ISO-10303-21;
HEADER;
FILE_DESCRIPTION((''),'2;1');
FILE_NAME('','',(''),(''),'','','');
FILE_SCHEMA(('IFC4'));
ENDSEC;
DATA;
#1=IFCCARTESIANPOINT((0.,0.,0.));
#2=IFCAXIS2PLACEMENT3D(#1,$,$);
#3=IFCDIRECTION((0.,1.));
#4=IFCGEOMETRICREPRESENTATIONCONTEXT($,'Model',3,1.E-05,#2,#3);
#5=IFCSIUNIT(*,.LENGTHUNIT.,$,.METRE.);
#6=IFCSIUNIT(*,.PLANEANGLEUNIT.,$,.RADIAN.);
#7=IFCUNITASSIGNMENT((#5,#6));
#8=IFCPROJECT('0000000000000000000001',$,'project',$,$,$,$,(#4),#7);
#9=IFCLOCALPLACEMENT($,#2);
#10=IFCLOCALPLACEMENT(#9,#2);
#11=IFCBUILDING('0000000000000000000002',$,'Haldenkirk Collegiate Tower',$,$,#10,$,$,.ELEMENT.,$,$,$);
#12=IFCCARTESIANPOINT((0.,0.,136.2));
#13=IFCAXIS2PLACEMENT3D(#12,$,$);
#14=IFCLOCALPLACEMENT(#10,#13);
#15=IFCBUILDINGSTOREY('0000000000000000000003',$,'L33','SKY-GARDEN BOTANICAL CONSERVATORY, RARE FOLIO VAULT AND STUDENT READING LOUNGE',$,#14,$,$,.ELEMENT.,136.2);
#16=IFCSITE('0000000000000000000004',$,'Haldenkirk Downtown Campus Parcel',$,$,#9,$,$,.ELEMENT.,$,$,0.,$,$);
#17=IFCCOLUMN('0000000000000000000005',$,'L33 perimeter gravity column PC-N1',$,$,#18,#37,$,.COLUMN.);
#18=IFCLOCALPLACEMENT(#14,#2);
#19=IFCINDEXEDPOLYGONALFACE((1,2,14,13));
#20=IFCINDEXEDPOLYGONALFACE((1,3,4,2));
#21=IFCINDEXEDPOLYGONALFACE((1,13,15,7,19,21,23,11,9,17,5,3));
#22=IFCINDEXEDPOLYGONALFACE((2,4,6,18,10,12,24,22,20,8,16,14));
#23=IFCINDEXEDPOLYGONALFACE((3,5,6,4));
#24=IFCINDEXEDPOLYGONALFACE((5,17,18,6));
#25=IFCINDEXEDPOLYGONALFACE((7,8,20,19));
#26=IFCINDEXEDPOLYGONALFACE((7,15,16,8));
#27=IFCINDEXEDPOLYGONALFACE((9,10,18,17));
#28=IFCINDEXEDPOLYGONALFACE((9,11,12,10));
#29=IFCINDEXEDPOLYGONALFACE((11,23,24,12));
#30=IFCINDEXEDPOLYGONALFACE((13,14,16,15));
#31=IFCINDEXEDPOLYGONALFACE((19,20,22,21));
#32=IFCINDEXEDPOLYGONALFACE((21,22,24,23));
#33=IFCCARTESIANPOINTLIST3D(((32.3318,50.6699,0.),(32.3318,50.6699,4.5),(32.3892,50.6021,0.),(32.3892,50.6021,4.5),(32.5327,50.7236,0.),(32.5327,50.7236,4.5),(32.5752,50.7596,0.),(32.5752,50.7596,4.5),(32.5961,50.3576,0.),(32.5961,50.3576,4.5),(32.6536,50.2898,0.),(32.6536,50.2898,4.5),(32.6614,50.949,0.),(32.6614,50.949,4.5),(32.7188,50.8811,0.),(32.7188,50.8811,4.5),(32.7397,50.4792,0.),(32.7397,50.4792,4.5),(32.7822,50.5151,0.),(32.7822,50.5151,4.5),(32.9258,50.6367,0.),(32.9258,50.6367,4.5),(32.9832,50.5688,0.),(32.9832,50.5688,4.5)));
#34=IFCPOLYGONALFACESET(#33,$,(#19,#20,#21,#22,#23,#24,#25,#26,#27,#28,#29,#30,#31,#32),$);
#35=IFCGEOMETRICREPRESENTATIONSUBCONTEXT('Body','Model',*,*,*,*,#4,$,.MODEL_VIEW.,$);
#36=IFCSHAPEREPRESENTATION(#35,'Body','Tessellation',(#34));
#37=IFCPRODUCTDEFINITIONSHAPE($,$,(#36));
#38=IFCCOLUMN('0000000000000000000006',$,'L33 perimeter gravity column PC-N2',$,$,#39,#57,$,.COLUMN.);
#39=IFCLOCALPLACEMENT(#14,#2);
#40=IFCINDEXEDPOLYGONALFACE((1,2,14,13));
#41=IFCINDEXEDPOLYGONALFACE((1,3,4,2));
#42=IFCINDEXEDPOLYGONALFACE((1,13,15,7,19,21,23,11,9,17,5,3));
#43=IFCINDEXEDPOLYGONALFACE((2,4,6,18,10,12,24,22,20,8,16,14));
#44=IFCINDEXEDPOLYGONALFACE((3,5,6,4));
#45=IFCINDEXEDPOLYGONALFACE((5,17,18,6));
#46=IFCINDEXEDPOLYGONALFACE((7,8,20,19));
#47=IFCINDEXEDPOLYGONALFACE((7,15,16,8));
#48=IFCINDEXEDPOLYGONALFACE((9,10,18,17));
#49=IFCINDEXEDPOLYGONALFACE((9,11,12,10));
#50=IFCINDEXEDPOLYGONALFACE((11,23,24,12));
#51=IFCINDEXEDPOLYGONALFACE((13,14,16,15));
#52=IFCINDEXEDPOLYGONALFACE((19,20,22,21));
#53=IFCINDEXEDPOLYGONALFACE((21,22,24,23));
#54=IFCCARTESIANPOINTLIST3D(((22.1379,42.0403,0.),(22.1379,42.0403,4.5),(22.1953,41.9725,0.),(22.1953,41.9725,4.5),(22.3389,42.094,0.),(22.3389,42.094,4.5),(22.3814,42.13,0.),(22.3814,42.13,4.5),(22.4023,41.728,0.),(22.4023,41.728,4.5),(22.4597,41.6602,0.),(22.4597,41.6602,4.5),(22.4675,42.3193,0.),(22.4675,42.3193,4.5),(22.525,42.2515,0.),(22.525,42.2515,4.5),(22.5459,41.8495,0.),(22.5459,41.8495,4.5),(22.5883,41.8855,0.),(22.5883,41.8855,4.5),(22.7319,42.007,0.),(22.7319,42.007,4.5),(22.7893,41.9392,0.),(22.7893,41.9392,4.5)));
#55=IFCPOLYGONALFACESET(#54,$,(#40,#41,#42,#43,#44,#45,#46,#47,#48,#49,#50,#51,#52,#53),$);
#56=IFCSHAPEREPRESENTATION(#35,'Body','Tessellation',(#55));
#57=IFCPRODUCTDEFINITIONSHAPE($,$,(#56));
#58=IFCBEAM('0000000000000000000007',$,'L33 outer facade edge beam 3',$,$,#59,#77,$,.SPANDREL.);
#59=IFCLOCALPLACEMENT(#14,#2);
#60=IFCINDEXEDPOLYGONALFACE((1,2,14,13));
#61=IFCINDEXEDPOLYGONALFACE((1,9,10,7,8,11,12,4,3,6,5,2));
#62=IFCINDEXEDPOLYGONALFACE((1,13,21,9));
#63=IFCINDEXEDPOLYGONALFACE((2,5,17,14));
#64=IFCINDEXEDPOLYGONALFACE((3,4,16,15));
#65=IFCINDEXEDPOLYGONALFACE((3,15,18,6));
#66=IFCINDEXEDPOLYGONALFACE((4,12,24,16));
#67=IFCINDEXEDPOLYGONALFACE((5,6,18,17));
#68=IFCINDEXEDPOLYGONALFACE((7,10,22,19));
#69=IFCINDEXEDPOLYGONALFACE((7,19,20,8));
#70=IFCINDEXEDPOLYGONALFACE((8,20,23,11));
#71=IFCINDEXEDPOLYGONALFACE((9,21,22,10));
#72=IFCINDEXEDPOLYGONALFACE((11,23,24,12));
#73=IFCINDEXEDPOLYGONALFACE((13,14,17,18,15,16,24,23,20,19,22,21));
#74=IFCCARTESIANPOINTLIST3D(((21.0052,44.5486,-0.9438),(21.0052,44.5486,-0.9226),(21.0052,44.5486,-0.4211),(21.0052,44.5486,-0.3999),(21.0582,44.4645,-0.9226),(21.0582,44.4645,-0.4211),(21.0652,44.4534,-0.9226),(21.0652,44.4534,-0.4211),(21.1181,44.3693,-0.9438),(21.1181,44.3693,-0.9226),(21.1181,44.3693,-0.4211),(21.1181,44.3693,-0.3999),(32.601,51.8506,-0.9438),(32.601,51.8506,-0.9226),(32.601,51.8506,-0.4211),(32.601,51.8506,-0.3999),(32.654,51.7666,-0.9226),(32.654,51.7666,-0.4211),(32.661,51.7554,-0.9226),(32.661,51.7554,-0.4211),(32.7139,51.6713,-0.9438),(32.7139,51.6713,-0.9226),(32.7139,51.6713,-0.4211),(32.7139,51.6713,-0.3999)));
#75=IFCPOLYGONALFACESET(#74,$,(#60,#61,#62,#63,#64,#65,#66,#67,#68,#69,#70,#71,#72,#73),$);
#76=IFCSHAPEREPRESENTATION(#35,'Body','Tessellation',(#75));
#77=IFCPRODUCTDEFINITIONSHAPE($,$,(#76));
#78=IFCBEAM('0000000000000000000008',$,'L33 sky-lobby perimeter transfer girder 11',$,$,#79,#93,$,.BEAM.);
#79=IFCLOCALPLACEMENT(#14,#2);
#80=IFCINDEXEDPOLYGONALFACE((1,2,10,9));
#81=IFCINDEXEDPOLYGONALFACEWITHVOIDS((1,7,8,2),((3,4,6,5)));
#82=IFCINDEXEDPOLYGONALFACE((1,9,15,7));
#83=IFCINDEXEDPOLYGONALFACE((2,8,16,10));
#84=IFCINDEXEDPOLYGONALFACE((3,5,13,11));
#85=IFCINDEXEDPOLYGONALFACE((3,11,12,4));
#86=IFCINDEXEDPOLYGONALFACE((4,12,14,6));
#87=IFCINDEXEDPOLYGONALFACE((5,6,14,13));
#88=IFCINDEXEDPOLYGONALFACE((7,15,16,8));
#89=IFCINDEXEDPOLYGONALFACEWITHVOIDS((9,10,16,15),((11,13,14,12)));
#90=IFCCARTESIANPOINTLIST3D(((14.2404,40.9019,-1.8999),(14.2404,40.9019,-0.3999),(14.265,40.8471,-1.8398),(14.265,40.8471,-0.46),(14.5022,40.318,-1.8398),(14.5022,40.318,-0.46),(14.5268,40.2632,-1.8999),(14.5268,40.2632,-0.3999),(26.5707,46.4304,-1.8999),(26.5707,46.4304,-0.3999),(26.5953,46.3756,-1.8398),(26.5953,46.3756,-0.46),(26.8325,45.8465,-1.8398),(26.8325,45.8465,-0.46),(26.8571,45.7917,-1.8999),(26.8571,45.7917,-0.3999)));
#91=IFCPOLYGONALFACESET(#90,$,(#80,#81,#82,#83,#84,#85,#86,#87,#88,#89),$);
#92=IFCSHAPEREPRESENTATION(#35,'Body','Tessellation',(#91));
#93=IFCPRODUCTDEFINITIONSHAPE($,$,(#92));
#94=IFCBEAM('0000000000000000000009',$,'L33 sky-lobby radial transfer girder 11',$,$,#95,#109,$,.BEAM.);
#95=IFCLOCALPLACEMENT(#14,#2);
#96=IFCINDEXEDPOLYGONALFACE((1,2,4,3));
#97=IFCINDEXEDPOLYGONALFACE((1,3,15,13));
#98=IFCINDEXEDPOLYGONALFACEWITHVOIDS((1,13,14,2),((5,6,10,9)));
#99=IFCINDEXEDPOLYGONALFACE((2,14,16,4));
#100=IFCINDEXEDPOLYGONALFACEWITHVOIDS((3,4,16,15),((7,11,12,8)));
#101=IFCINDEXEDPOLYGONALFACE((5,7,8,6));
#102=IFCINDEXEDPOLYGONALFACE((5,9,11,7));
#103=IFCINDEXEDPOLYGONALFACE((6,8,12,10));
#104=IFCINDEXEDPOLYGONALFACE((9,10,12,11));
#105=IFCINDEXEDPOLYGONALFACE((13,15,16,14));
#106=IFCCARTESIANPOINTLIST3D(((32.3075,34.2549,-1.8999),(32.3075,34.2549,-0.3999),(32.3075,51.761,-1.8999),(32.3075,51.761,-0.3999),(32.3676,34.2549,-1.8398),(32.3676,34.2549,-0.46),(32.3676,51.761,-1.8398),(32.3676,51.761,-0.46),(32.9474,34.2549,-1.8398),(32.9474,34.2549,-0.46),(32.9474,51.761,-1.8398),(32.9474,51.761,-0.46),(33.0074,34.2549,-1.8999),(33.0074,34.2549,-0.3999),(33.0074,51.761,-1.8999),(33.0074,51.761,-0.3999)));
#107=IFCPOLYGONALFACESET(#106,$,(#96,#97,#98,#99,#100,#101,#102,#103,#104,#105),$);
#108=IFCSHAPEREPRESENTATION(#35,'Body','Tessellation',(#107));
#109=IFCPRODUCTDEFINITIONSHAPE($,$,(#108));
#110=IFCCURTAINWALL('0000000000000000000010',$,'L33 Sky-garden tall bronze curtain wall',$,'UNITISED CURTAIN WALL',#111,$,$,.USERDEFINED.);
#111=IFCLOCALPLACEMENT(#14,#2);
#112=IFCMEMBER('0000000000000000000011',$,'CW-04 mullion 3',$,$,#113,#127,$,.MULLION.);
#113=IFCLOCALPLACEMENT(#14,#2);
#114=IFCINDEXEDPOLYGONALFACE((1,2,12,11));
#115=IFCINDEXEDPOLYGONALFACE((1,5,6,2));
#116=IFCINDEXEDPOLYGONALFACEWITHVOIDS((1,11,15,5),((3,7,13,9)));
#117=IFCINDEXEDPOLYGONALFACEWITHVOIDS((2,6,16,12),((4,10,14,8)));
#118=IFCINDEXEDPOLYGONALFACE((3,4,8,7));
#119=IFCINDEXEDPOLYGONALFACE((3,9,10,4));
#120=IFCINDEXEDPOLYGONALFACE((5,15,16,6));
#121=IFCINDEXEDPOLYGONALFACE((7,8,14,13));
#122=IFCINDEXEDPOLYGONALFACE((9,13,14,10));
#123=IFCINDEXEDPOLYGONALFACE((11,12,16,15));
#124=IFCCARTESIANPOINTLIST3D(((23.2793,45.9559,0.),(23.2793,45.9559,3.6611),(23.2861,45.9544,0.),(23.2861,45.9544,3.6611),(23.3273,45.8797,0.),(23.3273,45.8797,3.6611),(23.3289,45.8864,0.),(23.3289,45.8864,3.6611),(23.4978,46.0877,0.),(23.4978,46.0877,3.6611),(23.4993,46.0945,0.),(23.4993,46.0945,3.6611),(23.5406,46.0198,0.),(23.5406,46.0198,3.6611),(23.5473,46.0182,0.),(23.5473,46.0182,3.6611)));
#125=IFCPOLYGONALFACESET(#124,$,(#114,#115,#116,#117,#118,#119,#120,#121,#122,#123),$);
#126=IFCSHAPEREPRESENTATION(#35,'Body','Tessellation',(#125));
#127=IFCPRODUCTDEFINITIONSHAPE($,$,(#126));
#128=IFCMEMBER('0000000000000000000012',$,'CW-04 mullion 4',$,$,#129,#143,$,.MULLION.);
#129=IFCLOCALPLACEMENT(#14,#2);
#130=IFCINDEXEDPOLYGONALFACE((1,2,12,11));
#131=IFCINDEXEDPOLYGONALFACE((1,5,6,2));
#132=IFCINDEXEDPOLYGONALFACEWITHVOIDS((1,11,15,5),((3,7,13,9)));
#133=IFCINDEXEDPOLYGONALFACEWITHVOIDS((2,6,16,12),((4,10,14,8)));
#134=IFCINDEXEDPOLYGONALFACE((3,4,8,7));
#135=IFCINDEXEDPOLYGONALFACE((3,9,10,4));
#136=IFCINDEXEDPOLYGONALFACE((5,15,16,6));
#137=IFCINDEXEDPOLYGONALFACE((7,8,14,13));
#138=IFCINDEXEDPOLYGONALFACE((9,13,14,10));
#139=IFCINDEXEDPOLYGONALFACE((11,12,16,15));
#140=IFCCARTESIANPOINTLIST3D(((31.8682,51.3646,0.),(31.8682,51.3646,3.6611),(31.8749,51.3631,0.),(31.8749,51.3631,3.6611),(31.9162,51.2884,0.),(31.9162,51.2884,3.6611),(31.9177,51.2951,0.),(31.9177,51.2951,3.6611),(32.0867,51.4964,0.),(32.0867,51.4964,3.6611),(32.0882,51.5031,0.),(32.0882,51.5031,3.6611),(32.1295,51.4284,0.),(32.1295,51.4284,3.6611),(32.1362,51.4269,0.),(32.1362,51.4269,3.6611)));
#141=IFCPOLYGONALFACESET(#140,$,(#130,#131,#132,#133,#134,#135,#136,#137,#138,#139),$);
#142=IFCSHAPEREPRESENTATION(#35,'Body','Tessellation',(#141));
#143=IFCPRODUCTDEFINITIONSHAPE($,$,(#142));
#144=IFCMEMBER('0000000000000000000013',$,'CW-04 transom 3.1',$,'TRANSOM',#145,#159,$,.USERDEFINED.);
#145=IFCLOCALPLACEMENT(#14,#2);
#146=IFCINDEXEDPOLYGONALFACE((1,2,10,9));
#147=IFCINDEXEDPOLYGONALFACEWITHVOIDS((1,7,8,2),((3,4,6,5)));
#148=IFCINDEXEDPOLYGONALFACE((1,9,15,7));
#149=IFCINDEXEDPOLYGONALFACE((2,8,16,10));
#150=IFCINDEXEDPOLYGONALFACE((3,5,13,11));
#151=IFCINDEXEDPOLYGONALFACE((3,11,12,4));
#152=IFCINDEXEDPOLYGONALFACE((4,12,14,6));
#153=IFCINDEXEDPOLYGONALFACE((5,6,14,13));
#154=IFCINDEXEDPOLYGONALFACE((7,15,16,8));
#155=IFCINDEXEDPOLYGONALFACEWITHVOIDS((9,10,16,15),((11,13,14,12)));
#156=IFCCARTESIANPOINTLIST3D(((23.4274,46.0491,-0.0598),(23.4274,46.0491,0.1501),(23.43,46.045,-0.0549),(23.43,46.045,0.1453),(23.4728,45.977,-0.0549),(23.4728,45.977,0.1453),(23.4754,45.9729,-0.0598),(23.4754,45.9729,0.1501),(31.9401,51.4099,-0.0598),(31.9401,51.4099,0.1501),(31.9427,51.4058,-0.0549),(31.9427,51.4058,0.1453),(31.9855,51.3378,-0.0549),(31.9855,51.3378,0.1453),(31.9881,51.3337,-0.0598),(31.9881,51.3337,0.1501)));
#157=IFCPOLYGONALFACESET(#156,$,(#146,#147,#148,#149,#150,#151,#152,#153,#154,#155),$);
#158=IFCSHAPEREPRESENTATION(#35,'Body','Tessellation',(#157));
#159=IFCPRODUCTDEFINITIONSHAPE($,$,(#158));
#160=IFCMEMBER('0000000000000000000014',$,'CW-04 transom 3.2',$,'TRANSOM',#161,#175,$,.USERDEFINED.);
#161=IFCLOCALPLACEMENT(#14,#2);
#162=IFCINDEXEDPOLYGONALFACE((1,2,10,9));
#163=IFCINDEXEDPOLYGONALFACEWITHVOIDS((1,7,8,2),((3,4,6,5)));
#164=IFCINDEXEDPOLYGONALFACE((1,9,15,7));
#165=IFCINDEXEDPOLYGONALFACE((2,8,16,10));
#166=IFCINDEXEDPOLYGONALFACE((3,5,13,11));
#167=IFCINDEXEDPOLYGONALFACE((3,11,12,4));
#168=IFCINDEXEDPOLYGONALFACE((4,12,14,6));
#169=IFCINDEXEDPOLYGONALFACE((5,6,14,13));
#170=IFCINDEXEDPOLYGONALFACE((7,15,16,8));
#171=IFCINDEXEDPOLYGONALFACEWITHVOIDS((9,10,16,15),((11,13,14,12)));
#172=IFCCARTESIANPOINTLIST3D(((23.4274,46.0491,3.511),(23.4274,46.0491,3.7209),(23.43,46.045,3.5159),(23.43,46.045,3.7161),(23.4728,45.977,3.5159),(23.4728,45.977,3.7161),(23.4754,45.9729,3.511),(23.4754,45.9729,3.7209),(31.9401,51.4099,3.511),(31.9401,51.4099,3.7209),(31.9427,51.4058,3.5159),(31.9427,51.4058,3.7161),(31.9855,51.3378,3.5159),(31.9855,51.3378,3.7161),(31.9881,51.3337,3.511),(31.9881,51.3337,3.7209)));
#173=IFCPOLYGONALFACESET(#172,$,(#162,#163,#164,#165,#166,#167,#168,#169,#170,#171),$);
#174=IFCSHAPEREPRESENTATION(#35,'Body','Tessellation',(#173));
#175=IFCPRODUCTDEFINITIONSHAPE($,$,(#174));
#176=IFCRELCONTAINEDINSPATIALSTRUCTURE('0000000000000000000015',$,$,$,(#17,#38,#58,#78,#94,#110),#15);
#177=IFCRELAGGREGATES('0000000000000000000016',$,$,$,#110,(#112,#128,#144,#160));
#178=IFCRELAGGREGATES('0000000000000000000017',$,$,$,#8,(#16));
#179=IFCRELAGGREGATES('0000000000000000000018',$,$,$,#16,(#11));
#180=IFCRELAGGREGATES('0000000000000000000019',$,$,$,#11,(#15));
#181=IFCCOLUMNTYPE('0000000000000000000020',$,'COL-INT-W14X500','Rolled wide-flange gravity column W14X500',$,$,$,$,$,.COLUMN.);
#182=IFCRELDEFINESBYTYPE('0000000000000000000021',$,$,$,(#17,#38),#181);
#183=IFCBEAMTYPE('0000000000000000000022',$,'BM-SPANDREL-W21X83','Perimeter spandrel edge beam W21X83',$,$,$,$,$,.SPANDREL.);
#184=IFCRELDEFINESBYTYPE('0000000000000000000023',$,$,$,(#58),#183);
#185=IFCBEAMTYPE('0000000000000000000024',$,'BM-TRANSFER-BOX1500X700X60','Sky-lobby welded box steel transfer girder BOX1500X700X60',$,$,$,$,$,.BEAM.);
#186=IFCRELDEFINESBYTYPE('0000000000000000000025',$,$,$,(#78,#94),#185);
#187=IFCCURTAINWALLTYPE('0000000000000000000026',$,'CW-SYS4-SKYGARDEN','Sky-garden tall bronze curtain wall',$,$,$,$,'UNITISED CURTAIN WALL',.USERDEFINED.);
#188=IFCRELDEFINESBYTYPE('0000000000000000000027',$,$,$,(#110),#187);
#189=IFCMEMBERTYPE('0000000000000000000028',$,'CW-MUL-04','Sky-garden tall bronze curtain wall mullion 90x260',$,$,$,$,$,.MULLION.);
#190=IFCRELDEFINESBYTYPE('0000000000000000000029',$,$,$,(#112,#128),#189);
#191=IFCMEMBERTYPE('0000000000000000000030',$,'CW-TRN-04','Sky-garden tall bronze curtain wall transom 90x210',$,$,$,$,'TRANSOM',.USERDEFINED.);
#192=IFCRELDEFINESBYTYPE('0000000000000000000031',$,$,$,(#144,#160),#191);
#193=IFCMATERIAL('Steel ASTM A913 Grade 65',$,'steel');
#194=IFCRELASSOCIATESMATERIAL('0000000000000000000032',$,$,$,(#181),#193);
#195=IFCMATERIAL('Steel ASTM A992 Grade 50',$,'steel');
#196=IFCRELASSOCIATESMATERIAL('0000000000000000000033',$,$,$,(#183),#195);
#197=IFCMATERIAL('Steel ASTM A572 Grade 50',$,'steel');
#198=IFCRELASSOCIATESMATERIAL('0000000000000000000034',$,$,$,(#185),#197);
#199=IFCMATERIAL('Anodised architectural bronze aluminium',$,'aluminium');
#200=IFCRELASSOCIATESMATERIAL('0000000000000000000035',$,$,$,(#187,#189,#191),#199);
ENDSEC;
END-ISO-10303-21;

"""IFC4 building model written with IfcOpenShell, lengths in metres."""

from ifc_helpers import new_model, si_unit, direction, frame, origin, origin_2d, place, context, subcontext, project, spatial, hollow_rectangle, i_section, extrude, material, material_profile, profile_set, type_object, element, aggregate, save


model = new_model("IFC4")

# Units and contexts
model_context = context("Model", 3, precision=1e-05, world=origin(), true_north=direction((0.0, 1.0)))
body_context = subcontext(model_context, "Body", "Model", "MODEL_VIEW")
ifc_project = project(units=[si_unit("LENGTHUNIT", "METRE"), si_unit("PLANEANGLEUNIT", "RADIAN")], contexts=[model_context])

# Site, building, storey
site_placement = place(None, origin())
site = spatial("IfcSite", under=ifc_project, at=site_placement, Name="Haldenkirk Downtown Campus Parcel", CompositionType="ELEMENT", RefElevation=0.0)
building_placement = place(site_placement, origin())
building = spatial("IfcBuilding", under=site, at=building_placement, Name="Haldenkirk Collegiate Tower", CompositionType="ELEMENT")
storey_placement = place(building_placement, frame((0.0, 0.0, 136.2)))
storey = spatial("IfcBuildingStorey", under=building, at=storey_placement, Name="L33", Description="SKY-GARDEN BOTANICAL CONSERVATORY, RARE FOLIO VAULT AND STUDENT READING LOUNGE", CompositionType="ELEMENT", Elevation=136.2)

# Columns
ifc_material_1 = material(Name="Steel ASTM A913 Grade 65", Category="steel")
ifc_material_profile_1 = material_profile(ifc_material_1, i_section(OverallWidth=0.4319, OverallDepth=0.498, WebThickness=0.0557, FlangeThickness=0.0889, at=origin_2d()), Name="W14X500")
ifc_profile_set_1 = profile_set([ifc_material_profile_1], Name="Steel ASTM A913 Grade 65")
column_type = type_object("IfcColumnType", Name="COL-INT-W14X500", Description="Rolled wide-flange gravity column W14X500", PredefinedType="COLUMN", material=ifc_profile_set_1)
for number, where, z_axis, x_axis, name in (
    (1, (32.6575, 50.6194, 0.0), (0.0, 0.0, 1.0), (0.763232, 0.646124, 0.0), "L33 perimeter gravity column PC-N1"),
    (2, (22.4636, 41.9897, 0.0), (0.0, 0.0, 1.0), (0.763232, 0.646124, 0.0), "L33 perimeter gravity column PC-N2"),
):
    element("IfcColumn", number, at=place(storey_placement, frame(where, z_axis=z_axis, x_axis=x_axis)), inside=storey, type_object=column_type, Name=name, PredefinedType="COLUMN", context=body_context, shape_type="SweptSolid", body=[
        extrude(i_section(OverallWidth=0.4319, OverallDepth=0.498, WebThickness=0.0557, FlangeThickness=0.0889, at=origin_2d()), origin(), (0.0, 0.0, 1.0), 4.5),
    ])

# Beams
ifc_material_2 = material(Name="Steel ASTM A992 Grade 50", Category="steel")
ifc_material_profile_2 = material_profile(ifc_material_2, i_section(OverallWidth=0.2119, OverallDepth=0.5439, WebThickness=0.0132, FlangeThickness=0.0212, at=origin_2d()), Name="W21X83")
ifc_profile_set_2 = profile_set([ifc_material_profile_2], Name="Steel ASTM A992 Grade 50")
beam_type_1 = type_object("IfcBeamType", Name="BM-SPANDREL-W21X83", Description="Perimeter spandrel edge beam W21X83", PredefinedType="SPANDREL", material=ifc_profile_set_2)
beam_1_placement = place(storey_placement, frame((32.6575, 51.761, -0.6719), z_axis=(-0.8462, -0.532866, 0.0), x_axis=(0.532866, -0.8462, 0.0)))
element("IfcBeam", 3, at=beam_1_placement, inside=storey, type_object=beam_type_1, Name="L33 outer facade edge beam 3", PredefinedType="SPANDREL", context=body_context, shape_type="SweptSolid", body=[
    extrude(i_section(OverallWidth=0.2119, OverallDepth=0.5439, WebThickness=0.0132, FlangeThickness=0.0212, at=origin_2d()), origin(), (0.0, 0.0, 1.0), 13.7034),
])
ifc_material_3 = material(Name="Steel ASTM A572 Grade 50", Category="steel")
ifc_material_profile_3 = material_profile(ifc_material_3, hollow_rectangle(XDim=0.7, YDim=1.5, WallThickness=0.0601, at=origin_2d()), Name="BOX1500X700X60")
ifc_profile_set_3 = profile_set([ifc_material_profile_3], Name="Steel ASTM A572 Grade 50")
beam_type_2 = type_object("IfcBeamType", Name="BM-TRANSFER-BOX1500X700X60", Description="Sky-lobby welded box steel transfer girder BOX1500X700X60", PredefinedType="BEAM", material=ifc_profile_set_3)
beam_2_placement = place(storey_placement, frame((26.7139, 46.1111, -1.1499), z_axis=(-0.912477, -0.409129, 0.0), x_axis=(0.409129, -0.912477, 0.0)))
element("IfcBeam", 4, at=beam_2_placement, inside=storey, type_object=beam_type_2, Name="L33 sky-lobby perimeter transfer girder 11", PredefinedType="BEAM", context=body_context, shape_type="SweptSolid", body=[
    extrude(hollow_rectangle(XDim=0.7, YDim=1.5, WallThickness=0.0601, at=origin_2d()), origin(), (0.0, 0.0, 1.0), 13.5129),
])
beam_3_placement = place(storey_placement, frame((32.6575, 51.761, -1.1499), z_axis=(0.0, -1.0, 0.0), x_axis=(1.0, 0.0, 0.0)))
element("IfcBeam", 5, at=beam_3_placement, inside=storey, type_object=beam_type_2, Name="L33 sky-lobby radial transfer girder 11", PredefinedType="BEAM", context=body_context, shape_type="SweptSolid", body=[
    extrude(hollow_rectangle(XDim=0.7, YDim=1.5, WallThickness=0.0601, at=origin_2d()), origin(), (0.0, 0.0, 1.0), 17.5061),
])

# Curtain wall, members
ifc_material_4 = material(Name="Anodised architectural bronze aluminium", Category="aluminium")
curtain_wall_type = type_object("IfcCurtainWallType", Name="CW-SYS4-SKYGARDEN", Description="Sky-garden tall bronze curtain wall", ElementType="UNITISED CURTAIN WALL", PredefinedType="USERDEFINED", material=ifc_material_4)
curtain_wall_placement = place(storey_placement, origin())
curtain_wall = element("IfcCurtainWall", 6, at=curtain_wall_placement, inside=storey, type_object=curtain_wall_type, Name="L33 Sky-garden tall bronze curtain wall", ObjectType="UNITISED CURTAIN WALL", PredefinedType="USERDEFINED")
ifc_material_profile_4 = material_profile(ifc_material_4, hollow_rectangle(XDim=0.0901, YDim=0.26, WallThickness=0.0049, at=origin_2d()), Name="CW-MUL-04")
ifc_profile_set_4 = profile_set([ifc_material_profile_4], Name="Anodised architectural bronze aluminium")
member_type_1 = type_object("IfcMemberType", Name="CW-MUL-04", Description="Sky-garden tall bronze curtain wall mullion 90x260", PredefinedType="MULLION", material=ifc_profile_set_4)
member_1_placement = place(storey_placement, frame((23.4133, 45.9871, 0.0), z_axis=(0.0, 0.0, 1.0), x_axis=(-0.532877, 0.846193, 0.0)))
member_1 = element("IfcMember", 7, at=member_1_placement, type_object=member_type_1, Name="CW-04 mullion 3", PredefinedType="MULLION", context=body_context, shape_type="SweptSolid", body=[
    extrude(hollow_rectangle(XDim=0.0901, YDim=0.26, WallThickness=0.0049, at=origin_2d()), origin(), (0.0, 0.0, 1.0), 3.6611),
])
member_2_placement = place(storey_placement, frame((32.0022, 51.3958, 0.0), z_axis=(0.0, 0.0, 1.0), x_axis=(-0.532877, 0.846193, 0.0)))
member_2 = element("IfcMember", 8, at=member_2_placement, type_object=member_type_1, Name="CW-04 mullion 4", PredefinedType="MULLION", context=body_context, shape_type="SweptSolid", body=[
    extrude(hollow_rectangle(XDim=0.0901, YDim=0.26, WallThickness=0.0049, at=origin_2d()), origin(), (0.0, 0.0, 1.0), 3.6611),
])
ifc_material_profile_5 = material_profile(ifc_material_4, hollow_rectangle(XDim=0.0901, YDim=0.21, WallThickness=0.0049, at=origin_2d()), Name="CW-TRN-04")
ifc_profile_set_5 = profile_set([ifc_material_profile_5], Name="Anodised architectural bronze aluminium")
member_type_2 = type_object("IfcMemberType", Name="CW-TRN-04", Description="Sky-garden tall bronze curtain wall transom 90x210", ElementType="TRANSOM", PredefinedType="USERDEFINED", material=ifc_profile_set_5)
member_3_placement = place(storey_placement, frame((23.4514, 46.011, 0.0452), z_axis=(0.846188, 0.532884, 0.0), x_axis=(-0.532884, 0.846188, 0.0)))
member_3 = element("IfcMember", 9, at=member_3_placement, type_object=member_type_2, Name="CW-04 transom 3.1", ObjectType="TRANSOM", PredefinedType="USERDEFINED", context=body_context, shape_type="SweptSolid", body=[
    extrude(hollow_rectangle(XDim=0.0901, YDim=0.21, WallThickness=0.0049, at=origin_2d()), origin(), (0.0, 0.0, 1.0), 10.0601),
])
member_4_placement = place(storey_placement, frame((23.4514, 46.011, 3.616), z_axis=(0.846188, 0.532884, 0.0), x_axis=(-0.532884, 0.846188, 0.0)))
member_4 = element("IfcMember", 10, at=member_4_placement, type_object=member_type_2, Name="CW-04 transom 3.2", ObjectType="TRANSOM", PredefinedType="USERDEFINED", context=body_context, shape_type="SweptSolid", body=[
    extrude(hollow_rectangle(XDim=0.0901, YDim=0.21, WallThickness=0.0049, at=origin_2d()), origin(), (0.0, 0.0, 1.0), 10.0601),
])

aggregate(curtain_wall, [member_1, member_2, member_3, member_4])

save(model, "model.ifc")
